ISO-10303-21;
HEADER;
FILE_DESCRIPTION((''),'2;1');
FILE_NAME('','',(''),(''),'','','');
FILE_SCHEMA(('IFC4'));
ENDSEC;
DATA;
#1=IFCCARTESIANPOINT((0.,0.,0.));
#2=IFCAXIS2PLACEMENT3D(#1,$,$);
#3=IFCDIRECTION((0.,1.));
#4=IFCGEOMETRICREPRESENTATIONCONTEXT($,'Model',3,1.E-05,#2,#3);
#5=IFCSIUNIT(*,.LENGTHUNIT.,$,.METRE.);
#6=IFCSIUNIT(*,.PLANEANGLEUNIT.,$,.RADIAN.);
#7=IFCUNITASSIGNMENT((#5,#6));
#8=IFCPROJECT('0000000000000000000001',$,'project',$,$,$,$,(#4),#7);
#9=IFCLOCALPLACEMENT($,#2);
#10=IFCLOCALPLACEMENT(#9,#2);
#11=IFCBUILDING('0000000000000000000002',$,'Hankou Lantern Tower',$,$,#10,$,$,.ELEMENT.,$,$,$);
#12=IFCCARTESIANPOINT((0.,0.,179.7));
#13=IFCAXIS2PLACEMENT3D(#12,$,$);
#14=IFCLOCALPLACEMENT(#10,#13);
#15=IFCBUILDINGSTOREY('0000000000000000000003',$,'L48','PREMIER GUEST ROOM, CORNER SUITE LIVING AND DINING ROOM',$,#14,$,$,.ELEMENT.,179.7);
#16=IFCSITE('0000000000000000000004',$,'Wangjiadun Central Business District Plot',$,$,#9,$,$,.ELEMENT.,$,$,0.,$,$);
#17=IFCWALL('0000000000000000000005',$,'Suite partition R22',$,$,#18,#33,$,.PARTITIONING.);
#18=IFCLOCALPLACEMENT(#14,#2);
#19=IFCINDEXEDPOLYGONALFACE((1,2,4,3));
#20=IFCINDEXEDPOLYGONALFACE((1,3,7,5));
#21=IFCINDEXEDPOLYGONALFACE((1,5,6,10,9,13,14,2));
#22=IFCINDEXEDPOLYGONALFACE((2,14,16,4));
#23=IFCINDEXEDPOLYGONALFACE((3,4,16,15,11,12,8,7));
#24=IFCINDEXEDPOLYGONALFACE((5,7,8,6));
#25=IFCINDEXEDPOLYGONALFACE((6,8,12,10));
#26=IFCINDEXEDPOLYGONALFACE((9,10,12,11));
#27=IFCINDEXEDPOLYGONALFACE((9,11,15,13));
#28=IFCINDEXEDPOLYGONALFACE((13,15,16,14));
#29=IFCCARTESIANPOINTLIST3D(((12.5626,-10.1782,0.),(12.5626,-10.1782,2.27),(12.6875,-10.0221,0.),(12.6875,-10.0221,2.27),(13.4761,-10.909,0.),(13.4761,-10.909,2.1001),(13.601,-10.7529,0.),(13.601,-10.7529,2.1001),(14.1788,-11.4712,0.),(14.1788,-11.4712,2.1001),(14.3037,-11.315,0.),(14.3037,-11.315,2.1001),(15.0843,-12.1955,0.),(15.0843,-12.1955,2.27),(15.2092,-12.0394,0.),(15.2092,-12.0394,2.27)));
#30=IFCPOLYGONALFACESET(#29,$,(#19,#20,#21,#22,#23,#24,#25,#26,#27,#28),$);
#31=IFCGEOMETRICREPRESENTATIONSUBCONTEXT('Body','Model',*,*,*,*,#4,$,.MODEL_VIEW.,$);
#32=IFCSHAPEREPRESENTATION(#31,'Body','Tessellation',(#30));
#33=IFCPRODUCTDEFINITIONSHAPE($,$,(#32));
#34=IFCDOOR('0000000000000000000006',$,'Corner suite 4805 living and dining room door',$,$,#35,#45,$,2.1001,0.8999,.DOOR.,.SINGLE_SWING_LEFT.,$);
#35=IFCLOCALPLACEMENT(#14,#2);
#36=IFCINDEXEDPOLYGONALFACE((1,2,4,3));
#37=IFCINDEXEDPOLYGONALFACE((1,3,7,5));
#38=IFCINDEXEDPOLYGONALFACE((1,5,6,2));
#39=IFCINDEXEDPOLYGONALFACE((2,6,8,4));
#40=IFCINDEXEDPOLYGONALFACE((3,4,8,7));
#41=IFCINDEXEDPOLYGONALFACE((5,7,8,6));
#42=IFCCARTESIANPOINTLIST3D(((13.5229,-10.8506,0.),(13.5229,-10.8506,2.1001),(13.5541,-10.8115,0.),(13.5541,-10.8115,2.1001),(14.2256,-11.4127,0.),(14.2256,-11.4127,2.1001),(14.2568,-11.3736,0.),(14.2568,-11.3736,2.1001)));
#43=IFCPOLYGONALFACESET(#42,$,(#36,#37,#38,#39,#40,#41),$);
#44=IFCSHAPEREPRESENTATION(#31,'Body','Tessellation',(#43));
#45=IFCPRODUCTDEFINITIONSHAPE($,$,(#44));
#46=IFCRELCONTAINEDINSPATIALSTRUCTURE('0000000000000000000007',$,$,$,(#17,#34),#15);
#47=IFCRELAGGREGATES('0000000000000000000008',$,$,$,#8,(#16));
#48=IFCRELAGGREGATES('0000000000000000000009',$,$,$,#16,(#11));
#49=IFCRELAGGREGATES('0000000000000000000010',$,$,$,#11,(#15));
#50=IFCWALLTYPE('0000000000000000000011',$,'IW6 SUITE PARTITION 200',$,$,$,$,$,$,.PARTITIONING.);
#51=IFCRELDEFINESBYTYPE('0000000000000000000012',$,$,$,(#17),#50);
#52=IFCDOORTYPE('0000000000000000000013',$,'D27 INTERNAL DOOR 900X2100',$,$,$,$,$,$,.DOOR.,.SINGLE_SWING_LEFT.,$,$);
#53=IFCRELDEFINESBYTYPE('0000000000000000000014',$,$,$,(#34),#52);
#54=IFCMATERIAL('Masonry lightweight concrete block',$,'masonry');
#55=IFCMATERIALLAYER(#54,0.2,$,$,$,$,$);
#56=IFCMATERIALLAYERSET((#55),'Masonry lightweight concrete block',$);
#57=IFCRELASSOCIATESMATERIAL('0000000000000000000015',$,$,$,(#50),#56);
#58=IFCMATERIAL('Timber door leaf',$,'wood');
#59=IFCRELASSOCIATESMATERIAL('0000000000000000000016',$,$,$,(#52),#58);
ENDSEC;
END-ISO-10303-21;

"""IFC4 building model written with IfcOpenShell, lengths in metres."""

from ifc_helpers import new_model, si_unit, direction, frame, frame_2d, origin, place, context, subcontext, project, spatial, rectangle, extrude, material, layer, layer_set, type_object, element, fill, save


model = new_model("IFC4")

# Units and contexts
model_context = context("Model", 3, precision=1e-05, world=origin(), true_north=direction((0.0, 1.0)))
body_context = subcontext(model_context, "Body", "Model", "MODEL_VIEW")
ifc_project = project(units=[si_unit("LENGTHUNIT", "METRE"), si_unit("PLANEANGLEUNIT", "RADIAN")], contexts=[model_context])

# Site, building, storey
site_placement = place(None, origin())
site = spatial("IfcSite", under=ifc_project, at=site_placement, Name="Wangjiadun Central Business District Plot", CompositionType="ELEMENT", RefElevation=0.0)
building_placement = place(site_placement, origin())
building = spatial("IfcBuilding", under=site, at=building_placement, Name="Hankou Lantern Tower", CompositionType="ELEMENT")
storey_placement = place(building_placement, frame((0.0, 0.0, 179.7)))
storey = spatial("IfcBuildingStorey", under=building, at=storey_placement, Name="L48", Description="PREMIER GUEST ROOM, CORNER SUITE LIVING AND DINING ROOM", CompositionType="ELEMENT", Elevation=179.7)

# Wall, opening, door
ifc_material_1 = material(Name="Masonry lightweight concrete block", Category="masonry")
ifc_layer_1 = layer(ifc_material_1, 0.2)
ifc_layer_set_1 = layer_set([ifc_layer_1], Name="Masonry lightweight concrete block")
wall_type_1 = type_object("IfcWallType", Name="IW6 SUITE PARTITION 200", PredefinedType="PARTITIONING", material=ifc_layer_set_1)
wall_1_placement = place(storey_placement, frame((12.625, -10.1001, 0.0), z_axis=(0.0, 0.0, 1.0), x_axis=(0.780876, -0.624686, 0.0)))
wall_1 = element("IfcWall", 1, at=wall_1_placement, inside=storey, type_object=wall_type_1, Name="Suite partition R22", PredefinedType="PARTITIONING", context=body_context, shape_type="SweptSolid", body=[
    extrude(rectangle(XDim=3.2292, YDim=0.2, at=frame_2d((1.6147, 0.0))), origin(), (0.0, 0.0, 1.0), 2.27),
])
opening_1_placement = place(wall_1_placement, frame((1.1699, 0.0, 0.0)))
opening_1 = element("IfcOpeningElement", 2, at=opening_1_placement, cuts=wall_1, PredefinedType="OPENING", context=body_context, shape_type="SweptSolid", body=[
    extrude(rectangle(XDim=0.8999, YDim=2.1001, at=frame_2d((0.45, 1.05))), frame((0.0, 0.1099, 0.0), z_axis=(0.0, -1.0, 0.0), x_axis=(1.0, 0.0, 0.0)), (0.0, 0.0, 1.0), 0.22),
])
ifc_material_2 = material(Name="Timber door leaf", Category="wood")
door_type_1 = type_object("IfcDoorType", Name="D27 INTERNAL DOOR 900X2100", OperationType="SINGLE_SWING_LEFT", PredefinedType="DOOR", material=ifc_material_2)
door_1_placement = place(opening_1_placement, origin())
door_1 = element("IfcDoor", 3, at=door_1_placement, inside=storey, type_object=door_type_1, Name="Corner suite 4805 living and dining room door", OperationType="SINGLE_SWING_LEFT", OverallHeight=2.1001, OverallWidth=0.8999, PredefinedType="DOOR", context=body_context, shape_type="SweptSolid", body=[
    extrude(rectangle(XDim=0.8999, YDim=2.1001, at=frame_2d((0.45, 1.05))), frame((0.0, 0.0249, 0.0), z_axis=(0.0, -1.0, 0.0), x_axis=(1.0, 0.0, 0.0)), (0.0, 0.0, 1.0), 0.05),
])
fill(opening_1, door_1)

save(model, "model.ifc")
